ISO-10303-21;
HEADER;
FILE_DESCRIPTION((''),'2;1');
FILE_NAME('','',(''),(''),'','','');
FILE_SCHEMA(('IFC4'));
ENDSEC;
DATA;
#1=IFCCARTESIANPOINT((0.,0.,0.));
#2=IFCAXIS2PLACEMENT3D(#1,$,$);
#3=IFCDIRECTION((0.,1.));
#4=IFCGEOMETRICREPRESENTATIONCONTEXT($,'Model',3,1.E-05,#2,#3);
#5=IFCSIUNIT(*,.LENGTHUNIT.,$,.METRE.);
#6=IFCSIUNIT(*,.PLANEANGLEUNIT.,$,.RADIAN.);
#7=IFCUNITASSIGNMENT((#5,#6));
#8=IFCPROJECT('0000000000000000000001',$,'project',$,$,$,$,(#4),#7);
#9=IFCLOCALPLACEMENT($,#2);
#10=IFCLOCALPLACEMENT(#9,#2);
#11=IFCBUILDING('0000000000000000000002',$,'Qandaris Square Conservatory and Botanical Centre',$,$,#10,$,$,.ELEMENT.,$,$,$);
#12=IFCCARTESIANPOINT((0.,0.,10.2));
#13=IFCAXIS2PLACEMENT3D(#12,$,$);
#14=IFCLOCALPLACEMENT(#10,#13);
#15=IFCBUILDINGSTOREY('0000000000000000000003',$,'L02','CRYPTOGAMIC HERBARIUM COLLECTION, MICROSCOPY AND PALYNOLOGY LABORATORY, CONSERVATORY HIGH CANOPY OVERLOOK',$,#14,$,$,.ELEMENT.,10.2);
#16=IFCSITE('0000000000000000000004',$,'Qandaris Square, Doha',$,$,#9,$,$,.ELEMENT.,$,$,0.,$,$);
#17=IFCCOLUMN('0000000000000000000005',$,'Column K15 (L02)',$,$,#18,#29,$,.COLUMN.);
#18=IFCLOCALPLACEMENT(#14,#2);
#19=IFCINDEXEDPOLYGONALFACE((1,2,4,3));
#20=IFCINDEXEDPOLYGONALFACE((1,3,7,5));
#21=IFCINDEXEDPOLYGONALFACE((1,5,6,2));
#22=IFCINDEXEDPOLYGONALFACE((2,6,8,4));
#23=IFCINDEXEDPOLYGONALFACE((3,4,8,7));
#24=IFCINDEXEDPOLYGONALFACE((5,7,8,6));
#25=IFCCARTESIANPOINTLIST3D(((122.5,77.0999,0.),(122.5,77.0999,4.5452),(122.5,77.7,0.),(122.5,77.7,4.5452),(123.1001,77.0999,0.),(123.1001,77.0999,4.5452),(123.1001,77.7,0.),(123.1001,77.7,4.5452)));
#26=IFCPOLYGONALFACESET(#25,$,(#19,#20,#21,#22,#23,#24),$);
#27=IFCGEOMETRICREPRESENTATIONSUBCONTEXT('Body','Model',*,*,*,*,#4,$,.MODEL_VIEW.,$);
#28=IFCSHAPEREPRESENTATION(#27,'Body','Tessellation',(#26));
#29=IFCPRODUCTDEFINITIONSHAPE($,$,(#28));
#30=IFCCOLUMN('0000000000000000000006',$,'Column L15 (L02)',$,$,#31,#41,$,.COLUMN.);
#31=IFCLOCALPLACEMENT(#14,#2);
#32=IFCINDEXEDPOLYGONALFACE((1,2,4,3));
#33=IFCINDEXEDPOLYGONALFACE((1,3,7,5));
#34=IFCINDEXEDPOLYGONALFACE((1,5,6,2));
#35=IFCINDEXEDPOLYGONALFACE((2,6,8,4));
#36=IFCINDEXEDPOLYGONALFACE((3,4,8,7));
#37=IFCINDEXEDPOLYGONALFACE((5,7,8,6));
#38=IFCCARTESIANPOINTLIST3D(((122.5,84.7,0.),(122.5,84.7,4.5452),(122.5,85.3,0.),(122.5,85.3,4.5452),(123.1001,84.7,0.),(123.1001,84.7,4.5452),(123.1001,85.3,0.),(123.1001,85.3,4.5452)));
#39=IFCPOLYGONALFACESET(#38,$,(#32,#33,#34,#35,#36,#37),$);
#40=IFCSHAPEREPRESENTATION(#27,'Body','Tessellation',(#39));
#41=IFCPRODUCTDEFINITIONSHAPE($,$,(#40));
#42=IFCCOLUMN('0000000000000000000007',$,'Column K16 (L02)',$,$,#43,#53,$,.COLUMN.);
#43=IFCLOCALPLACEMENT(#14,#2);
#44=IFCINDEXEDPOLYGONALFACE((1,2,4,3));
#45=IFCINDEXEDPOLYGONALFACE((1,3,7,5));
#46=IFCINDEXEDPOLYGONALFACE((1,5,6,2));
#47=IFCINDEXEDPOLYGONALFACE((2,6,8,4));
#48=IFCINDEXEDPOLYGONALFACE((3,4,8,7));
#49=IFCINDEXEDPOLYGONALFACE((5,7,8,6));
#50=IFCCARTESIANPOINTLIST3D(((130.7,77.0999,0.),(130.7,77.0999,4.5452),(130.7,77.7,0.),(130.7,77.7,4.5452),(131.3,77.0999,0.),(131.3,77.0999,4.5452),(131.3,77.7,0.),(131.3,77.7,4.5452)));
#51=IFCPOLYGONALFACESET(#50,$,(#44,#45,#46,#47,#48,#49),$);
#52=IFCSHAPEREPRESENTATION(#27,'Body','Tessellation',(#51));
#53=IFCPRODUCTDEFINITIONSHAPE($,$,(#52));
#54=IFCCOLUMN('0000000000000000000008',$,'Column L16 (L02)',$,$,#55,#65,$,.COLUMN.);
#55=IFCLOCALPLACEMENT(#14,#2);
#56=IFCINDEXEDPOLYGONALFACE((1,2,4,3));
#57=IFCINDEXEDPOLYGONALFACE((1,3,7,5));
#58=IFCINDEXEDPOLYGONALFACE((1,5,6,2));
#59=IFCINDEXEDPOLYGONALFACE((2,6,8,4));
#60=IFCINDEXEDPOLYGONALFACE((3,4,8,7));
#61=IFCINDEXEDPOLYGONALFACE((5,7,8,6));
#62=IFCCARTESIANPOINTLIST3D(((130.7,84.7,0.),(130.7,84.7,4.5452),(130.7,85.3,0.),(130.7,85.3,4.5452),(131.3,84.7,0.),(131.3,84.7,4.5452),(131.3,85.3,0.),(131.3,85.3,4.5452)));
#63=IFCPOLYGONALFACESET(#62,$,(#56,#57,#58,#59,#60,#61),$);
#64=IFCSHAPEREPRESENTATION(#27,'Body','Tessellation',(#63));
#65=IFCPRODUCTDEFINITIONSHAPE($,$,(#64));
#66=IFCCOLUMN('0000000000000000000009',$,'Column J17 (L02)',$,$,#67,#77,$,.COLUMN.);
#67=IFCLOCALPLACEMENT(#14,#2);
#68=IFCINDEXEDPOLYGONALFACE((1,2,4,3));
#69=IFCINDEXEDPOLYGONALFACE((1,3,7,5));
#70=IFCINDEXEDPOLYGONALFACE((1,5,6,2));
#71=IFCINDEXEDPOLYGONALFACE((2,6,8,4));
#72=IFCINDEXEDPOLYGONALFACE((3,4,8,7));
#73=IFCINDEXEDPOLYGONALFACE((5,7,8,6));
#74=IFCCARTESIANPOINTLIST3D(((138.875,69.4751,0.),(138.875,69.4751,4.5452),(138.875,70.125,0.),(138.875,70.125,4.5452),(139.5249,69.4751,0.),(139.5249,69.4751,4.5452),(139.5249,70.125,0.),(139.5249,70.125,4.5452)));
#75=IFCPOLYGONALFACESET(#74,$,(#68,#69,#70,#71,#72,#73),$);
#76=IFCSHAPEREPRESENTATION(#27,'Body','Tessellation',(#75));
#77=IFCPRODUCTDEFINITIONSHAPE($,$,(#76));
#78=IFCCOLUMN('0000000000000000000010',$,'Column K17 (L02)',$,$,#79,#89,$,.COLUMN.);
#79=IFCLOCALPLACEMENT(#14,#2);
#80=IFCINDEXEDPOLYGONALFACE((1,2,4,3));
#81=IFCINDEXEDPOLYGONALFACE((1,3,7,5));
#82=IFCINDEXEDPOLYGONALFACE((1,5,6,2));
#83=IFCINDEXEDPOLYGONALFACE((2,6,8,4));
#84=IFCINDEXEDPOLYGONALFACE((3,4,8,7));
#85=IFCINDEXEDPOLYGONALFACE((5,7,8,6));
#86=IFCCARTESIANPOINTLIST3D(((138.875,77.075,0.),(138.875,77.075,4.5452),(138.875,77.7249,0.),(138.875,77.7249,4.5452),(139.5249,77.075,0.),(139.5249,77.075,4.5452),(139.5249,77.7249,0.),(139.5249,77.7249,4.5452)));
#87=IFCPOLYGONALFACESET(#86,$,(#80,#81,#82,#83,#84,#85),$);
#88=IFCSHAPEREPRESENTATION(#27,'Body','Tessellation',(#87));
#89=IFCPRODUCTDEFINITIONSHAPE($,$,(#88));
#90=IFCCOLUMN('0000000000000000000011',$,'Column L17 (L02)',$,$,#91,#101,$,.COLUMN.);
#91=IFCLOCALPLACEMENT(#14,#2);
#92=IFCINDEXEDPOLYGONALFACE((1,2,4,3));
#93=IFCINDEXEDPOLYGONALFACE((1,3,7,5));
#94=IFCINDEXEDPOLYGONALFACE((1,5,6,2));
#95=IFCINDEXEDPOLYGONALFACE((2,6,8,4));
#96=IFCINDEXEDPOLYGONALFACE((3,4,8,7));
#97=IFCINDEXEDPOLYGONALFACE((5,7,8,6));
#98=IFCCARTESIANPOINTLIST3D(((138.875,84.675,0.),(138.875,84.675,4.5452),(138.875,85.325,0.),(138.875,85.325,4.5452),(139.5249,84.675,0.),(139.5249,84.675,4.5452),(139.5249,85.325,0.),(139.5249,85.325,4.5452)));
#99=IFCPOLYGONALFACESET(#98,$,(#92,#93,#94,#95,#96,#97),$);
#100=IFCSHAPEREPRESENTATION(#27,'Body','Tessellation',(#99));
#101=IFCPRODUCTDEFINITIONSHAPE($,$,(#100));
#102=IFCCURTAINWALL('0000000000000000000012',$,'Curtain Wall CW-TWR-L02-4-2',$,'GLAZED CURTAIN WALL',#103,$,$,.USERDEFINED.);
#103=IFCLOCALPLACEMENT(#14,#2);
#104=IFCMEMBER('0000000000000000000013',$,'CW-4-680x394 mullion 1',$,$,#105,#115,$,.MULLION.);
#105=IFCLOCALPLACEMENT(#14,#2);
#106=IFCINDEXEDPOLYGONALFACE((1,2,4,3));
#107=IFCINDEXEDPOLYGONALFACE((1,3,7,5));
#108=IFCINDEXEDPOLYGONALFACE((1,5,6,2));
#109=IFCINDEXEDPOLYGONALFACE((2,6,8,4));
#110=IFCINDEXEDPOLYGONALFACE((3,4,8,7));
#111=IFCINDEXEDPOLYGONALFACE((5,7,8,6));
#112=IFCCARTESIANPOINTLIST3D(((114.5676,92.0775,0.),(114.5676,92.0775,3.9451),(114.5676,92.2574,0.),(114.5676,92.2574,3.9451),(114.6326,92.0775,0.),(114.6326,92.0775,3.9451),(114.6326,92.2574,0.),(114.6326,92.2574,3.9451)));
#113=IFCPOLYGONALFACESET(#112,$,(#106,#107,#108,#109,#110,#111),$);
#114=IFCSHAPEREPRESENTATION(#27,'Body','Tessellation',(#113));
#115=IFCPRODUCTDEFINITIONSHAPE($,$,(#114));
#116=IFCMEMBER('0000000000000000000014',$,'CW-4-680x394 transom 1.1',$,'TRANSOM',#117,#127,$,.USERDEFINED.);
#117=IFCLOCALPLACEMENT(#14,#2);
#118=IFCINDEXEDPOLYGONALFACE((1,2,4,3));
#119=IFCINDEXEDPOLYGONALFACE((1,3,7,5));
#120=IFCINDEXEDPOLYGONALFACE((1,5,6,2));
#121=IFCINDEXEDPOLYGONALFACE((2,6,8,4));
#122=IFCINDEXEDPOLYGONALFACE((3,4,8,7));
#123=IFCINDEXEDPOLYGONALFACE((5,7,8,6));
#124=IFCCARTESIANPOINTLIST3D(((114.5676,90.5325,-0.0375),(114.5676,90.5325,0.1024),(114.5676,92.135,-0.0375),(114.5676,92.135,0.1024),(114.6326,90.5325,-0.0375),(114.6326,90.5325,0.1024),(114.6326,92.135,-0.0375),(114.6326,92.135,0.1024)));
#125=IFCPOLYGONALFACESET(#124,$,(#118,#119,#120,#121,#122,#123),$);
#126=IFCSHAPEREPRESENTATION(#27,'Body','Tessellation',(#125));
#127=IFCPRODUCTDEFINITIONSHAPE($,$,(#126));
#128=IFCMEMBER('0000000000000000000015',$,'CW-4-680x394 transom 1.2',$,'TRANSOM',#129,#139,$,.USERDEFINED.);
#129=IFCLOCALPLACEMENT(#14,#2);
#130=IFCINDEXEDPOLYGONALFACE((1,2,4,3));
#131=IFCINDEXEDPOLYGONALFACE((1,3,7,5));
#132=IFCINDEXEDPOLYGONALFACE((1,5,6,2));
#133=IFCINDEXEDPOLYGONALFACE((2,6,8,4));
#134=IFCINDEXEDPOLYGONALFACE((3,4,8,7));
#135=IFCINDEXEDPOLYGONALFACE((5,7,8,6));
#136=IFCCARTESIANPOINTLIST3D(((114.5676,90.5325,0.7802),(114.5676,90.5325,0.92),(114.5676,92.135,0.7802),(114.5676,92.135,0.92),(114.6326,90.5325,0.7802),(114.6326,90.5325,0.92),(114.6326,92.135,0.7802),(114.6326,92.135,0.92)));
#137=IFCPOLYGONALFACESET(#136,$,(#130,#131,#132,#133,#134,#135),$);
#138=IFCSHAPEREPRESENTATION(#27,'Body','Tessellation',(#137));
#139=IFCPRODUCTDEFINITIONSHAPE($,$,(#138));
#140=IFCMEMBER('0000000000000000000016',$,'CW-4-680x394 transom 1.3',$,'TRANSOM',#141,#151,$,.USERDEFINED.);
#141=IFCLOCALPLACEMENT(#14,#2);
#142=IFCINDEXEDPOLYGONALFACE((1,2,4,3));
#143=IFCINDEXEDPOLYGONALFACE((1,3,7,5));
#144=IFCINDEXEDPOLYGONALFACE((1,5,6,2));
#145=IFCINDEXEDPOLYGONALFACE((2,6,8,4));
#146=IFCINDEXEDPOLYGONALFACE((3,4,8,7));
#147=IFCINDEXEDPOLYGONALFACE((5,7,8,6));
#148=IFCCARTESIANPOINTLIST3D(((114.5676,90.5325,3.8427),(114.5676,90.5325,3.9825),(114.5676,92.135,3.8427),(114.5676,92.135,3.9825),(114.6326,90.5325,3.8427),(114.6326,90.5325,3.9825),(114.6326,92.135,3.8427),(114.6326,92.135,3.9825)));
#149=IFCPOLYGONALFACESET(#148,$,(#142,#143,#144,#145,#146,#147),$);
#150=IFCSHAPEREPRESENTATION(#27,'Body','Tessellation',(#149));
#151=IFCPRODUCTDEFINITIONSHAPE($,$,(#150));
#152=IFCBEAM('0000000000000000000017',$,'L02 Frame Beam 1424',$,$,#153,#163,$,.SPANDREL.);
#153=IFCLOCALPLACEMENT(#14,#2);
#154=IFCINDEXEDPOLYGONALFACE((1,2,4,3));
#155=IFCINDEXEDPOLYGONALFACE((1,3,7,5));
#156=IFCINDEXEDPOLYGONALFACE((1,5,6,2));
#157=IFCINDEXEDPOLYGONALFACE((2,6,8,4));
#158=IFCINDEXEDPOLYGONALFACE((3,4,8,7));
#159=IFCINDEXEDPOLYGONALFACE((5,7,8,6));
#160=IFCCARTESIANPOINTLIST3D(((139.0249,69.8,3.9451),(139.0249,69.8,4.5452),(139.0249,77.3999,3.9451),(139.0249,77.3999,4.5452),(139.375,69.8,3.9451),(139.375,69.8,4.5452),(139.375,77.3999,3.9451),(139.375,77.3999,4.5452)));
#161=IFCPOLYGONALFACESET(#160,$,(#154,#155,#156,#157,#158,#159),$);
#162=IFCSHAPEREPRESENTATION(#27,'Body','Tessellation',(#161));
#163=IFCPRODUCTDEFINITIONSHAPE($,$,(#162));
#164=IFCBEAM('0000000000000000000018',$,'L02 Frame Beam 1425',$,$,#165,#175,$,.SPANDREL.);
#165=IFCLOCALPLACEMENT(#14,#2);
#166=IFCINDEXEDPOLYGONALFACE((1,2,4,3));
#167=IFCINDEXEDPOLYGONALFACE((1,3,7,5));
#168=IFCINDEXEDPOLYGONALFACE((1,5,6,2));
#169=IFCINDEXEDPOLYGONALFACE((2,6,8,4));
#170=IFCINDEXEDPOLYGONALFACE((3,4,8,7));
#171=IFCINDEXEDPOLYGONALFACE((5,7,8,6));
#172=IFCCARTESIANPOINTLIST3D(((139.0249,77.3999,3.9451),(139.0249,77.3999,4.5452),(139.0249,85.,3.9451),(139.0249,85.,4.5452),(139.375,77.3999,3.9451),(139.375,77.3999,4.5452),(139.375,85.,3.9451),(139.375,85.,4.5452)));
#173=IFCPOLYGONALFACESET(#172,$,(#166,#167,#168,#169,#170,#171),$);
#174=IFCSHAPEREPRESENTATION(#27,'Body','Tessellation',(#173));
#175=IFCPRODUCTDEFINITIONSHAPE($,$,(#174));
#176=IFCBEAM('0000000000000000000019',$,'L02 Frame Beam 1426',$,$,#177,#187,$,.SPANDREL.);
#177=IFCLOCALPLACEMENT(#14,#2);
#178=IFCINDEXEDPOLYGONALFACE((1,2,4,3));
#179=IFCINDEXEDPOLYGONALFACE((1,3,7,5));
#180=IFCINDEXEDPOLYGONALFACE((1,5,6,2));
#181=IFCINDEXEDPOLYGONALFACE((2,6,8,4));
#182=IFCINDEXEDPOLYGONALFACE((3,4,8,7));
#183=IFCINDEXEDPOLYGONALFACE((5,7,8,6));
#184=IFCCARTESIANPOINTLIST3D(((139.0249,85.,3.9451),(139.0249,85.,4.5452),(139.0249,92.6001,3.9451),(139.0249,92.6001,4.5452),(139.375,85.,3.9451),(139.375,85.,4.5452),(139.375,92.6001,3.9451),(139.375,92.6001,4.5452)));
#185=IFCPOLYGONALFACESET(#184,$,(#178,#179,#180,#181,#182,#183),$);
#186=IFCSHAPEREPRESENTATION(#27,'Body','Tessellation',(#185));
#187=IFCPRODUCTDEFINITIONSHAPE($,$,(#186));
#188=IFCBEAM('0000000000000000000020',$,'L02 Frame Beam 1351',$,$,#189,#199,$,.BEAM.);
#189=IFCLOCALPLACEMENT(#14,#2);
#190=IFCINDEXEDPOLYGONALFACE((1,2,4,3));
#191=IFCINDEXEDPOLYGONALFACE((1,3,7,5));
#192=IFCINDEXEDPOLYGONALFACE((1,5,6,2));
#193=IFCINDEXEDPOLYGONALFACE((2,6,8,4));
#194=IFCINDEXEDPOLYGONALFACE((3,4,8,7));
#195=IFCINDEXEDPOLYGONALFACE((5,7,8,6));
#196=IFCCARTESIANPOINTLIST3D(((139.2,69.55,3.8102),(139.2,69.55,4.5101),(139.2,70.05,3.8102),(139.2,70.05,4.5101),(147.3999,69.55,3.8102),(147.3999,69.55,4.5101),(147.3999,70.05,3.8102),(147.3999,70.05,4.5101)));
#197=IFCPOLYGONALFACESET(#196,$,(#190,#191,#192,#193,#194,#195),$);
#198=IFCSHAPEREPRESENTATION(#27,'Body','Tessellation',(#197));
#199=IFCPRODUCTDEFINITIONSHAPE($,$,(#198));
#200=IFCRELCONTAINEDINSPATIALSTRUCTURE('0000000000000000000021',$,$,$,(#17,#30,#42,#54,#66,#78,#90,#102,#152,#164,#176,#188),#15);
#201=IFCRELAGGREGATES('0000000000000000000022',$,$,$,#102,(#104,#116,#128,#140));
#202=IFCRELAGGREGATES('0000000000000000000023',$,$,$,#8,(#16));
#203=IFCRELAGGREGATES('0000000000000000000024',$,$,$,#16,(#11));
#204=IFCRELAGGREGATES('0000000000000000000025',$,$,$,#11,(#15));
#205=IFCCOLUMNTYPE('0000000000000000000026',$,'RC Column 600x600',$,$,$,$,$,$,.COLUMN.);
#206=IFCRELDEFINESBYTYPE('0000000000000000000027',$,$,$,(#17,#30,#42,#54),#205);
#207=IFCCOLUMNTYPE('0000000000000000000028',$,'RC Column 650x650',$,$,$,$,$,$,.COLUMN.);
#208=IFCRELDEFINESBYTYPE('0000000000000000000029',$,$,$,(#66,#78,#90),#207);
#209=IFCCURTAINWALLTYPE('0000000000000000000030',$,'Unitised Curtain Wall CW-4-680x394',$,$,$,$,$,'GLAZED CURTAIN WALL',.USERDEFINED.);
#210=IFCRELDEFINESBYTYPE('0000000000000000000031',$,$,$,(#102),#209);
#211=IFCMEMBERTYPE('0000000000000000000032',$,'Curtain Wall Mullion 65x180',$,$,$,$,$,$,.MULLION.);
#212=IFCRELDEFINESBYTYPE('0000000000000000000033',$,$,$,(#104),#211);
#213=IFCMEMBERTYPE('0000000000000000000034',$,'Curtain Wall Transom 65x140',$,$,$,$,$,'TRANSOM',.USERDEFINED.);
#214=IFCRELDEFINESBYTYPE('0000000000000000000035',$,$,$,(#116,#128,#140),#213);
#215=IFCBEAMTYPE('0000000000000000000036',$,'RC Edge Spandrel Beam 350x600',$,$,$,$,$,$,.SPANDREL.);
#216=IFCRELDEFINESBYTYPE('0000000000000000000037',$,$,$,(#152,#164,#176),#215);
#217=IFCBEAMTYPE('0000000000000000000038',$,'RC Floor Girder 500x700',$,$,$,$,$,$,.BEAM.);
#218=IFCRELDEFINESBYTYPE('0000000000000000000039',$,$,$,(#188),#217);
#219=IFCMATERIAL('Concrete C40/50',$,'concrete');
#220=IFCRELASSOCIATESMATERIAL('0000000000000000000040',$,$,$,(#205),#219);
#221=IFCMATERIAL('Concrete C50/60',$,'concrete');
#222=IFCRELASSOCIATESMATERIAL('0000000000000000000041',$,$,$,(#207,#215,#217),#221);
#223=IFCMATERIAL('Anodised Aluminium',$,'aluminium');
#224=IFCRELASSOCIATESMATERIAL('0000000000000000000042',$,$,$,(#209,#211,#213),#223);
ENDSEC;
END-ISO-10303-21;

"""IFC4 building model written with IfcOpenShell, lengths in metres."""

from ifc_helpers import new_model, si_unit, direction, frame, origin, origin_2d, place, context, subcontext, project, spatial, rectangle, extrude, material, material_profile, profile_set, type_object, element, aggregate, save


model = new_model("IFC4")

# Units and contexts
model_context = context("Model", 3, precision=1e-05, world=origin(), true_north=direction((0.0, 1.0)))
body_context = subcontext(model_context, "Body", "Model", "MODEL_VIEW")
ifc_project = project(units=[si_unit("LENGTHUNIT", "METRE"), si_unit("PLANEANGLEUNIT", "RADIAN")], contexts=[model_context])

# Site, building, storey
site_placement = place(None, origin())
site = spatial("IfcSite", under=ifc_project, at=site_placement, Name="Qandaris Square, Doha", CompositionType="ELEMENT", RefElevation=0.0)
building_placement = place(site_placement, origin())
building = spatial("IfcBuilding", under=site, at=building_placement, Name="Qandaris Square Conservatory and Botanical Centre", CompositionType="ELEMENT")
storey_placement = place(building_placement, frame((0.0, 0.0, 10.2)))
storey = spatial("IfcBuildingStorey", under=building, at=storey_placement, Name="L02", Description="CRYPTOGAMIC HERBARIUM COLLECTION, MICROSCOPY AND PALYNOLOGY LABORATORY, CONSERVATORY HIGH CANOPY OVERLOOK", CompositionType="ELEMENT", Elevation=10.2)

# Columns
ifc_material_1 = material(Name="Concrete C40/50", Category="concrete")
ifc_material_profile_1 = material_profile(ifc_material_1, rectangle(XDim=0.6001, YDim=0.6001, at=origin_2d()), Name="RC-COL 600x600")
ifc_profile_set_1 = profile_set([ifc_material_profile_1], Name="Concrete C40/50")
column_type_1 = type_object("IfcColumnType", Name="RC Column 600x600", PredefinedType="COLUMN", material=ifc_profile_set_1)
for number, where, z_axis, x_axis, name in (
    (1, (122.8, 77.3999, 0.0), (0.0, 0.0, 1.0), (1.0, 0.0, 0.0), "Column K15 (L02)"),
    (2, (122.8, 85.0, 0.0), (0.0, 0.0, 1.0), (1.0, 0.0, 0.0), "Column L15 (L02)"),
    (3, (131.0, 77.3999, 0.0), (0.0, 0.0, 1.0), (1.0, 0.0, 0.0), "Column K16 (L02)"),
    (4, (131.0, 85.0, 0.0), (0.0, 0.0, 1.0), (1.0, 0.0, 0.0), "Column L16 (L02)"),
):
    element("IfcColumn", number, at=place(storey_placement, frame(where, z_axis=z_axis, x_axis=x_axis)), inside=storey, type_object=column_type_1, Name=name, PredefinedType="COLUMN", context=body_context, shape_type="SweptSolid", body=[
        extrude(rectangle(XDim=0.6001, YDim=0.6001, at=origin_2d()), origin(), (0.0, 0.0, 1.0), 4.5452),
    ])
ifc_material_2 = material(Name="Concrete C50/60", Category="concrete")
ifc_material_profile_2 = material_profile(ifc_material_2, rectangle(XDim=0.6499, YDim=0.6499, at=origin_2d()), Name="RC-COL 650x650")
ifc_profile_set_2 = profile_set([ifc_material_profile_2], Name="Concrete C50/60")
column_type_2 = type_object("IfcColumnType", Name="RC Column 650x650", PredefinedType="COLUMN", material=ifc_profile_set_2)
for number, where, z_axis, x_axis, name in (
    (5, (139.2, 69.8, 0.0), (0.0, 0.0, 1.0), (1.0, 0.0, 0.0), "Column J17 (L02)"),
    (6, (139.2, 77.3999, 0.0), (0.0, 0.0, 1.0), (1.0, 0.0, 0.0), "Column K17 (L02)"),
    (7, (139.2, 85.0, 0.0), (0.0, 0.0, 1.0), (1.0, 0.0, 0.0), "Column L17 (L02)"),
):
    element("IfcColumn", number, at=place(storey_placement, frame(where, z_axis=z_axis, x_axis=x_axis)), inside=storey, type_object=column_type_2, Name=name, PredefinedType="COLUMN", context=body_context, shape_type="SweptSolid", body=[
        extrude(rectangle(XDim=0.6499, YDim=0.6499, at=origin_2d()), origin(), (0.0, 0.0, 1.0), 4.5452),
    ])

# Curtain wall, members
ifc_material_3 = material(Name="Anodised Aluminium", Category="aluminium")
curtain_wall_type = type_object("IfcCurtainWallType", Name="Unitised Curtain Wall CW-4-680x394", ElementType="GLAZED CURTAIN WALL", PredefinedType="USERDEFINED", material=ifc_material_3)
curtain_wall_placement = place(storey_placement, origin())
curtain_wall = element("IfcCurtainWall", 8, at=curtain_wall_placement, inside=storey, type_object=curtain_wall_type, Name="Curtain Wall CW-TWR-L02-4-2", ObjectType="GLAZED CURTAIN WALL", PredefinedType="USERDEFINED")
ifc_material_profile_3 = material_profile(ifc_material_3, rectangle(XDim=0.0649, YDim=0.1799, at=origin_2d()), Name="ALU-MUL 65x180")
ifc_profile_set_3 = profile_set([ifc_material_profile_3], Name="Anodised Aluminium")
member_type_1 = type_object("IfcMemberType", Name="Curtain Wall Mullion 65x180", PredefinedType="MULLION", material=ifc_profile_set_3)
member_1_placement = place(storey_placement, frame((114.6001, 92.1675, 0.0), z_axis=(0.0, 0.0, 1.0), x_axis=(1.0, 0.0, 0.0)))
member_1 = element("IfcMember", 9, at=member_1_placement, type_object=member_type_1, Name="CW-4-680x394 mullion 1", PredefinedType="MULLION", context=body_context, shape_type="SweptSolid", body=[
    extrude(rectangle(XDim=0.0649, YDim=0.1799, at=origin_2d()), origin(), (0.0, 0.0, 1.0), 3.9451),
])
ifc_material_profile_4 = material_profile(ifc_material_3, rectangle(XDim=0.0649, YDim=0.1399, at=origin_2d()), Name="ALU-TRN 65x140")
ifc_profile_set_4 = profile_set([ifc_material_profile_4], Name="Anodised Aluminium")
member_type_2 = type_object("IfcMemberType", Name="Curtain Wall Transom 65x140", ElementType="TRANSOM", PredefinedType="USERDEFINED", material=ifc_profile_set_4)
member_2_placement = place(storey_placement, frame((114.6001, 92.135, 0.0325), z_axis=(0.0, -1.0, 0.0), x_axis=(1.0, 0.0, 0.0)))
member_2 = element("IfcMember", 10, at=member_2_placement, type_object=member_type_2, Name="CW-4-680x394 transom 1.1", ObjectType="TRANSOM", PredefinedType="USERDEFINED", context=body_context, shape_type="SweptSolid", body=[
    extrude(rectangle(XDim=0.0649, YDim=0.1399, at=origin_2d()), origin(), (0.0, 0.0, 1.0), 1.6025),
])
member_3_placement = place(storey_placement, frame((114.6001, 92.135, 0.8501), z_axis=(0.0, -1.0, 0.0), x_axis=(1.0, 0.0, 0.0)))
member_3 = element("IfcMember", 11, at=member_3_placement, type_object=member_type_2, Name="CW-4-680x394 transom 1.2", ObjectType="TRANSOM", PredefinedType="USERDEFINED", context=body_context, shape_type="SweptSolid", body=[
    extrude(rectangle(XDim=0.0649, YDim=0.1399, at=origin_2d()), origin(), (0.0, 0.0, 1.0), 1.6025),
])
member_4_placement = place(storey_placement, frame((114.6001, 92.135, 3.9126), z_axis=(0.0, -1.0, 0.0), x_axis=(1.0, 0.0, 0.0)))
member_4 = element("IfcMember", 12, at=member_4_placement, type_object=member_type_2, Name="CW-4-680x394 transom 1.3", ObjectType="TRANSOM", PredefinedType="USERDEFINED", context=body_context, shape_type="SweptSolid", body=[
    extrude(rectangle(XDim=0.0649, YDim=0.1399, at=origin_2d()), origin(), (0.0, 0.0, 1.0), 1.6025),
])

# Beams
ifc_material_profile_5 = material_profile(ifc_material_2, rectangle(XDim=0.3501, YDim=0.6001, at=origin_2d()), Name="RC-SP 350x600")
ifc_profile_set_5 = profile_set([ifc_material_profile_5], Name="Concrete C50/60")
beam_type_1 = type_object("IfcBeamType", Name="RC Edge Spandrel Beam 350x600", PredefinedType="SPANDREL", material=ifc_profile_set_5)
beam_1_placement = place(storey_placement, frame((139.2, 69.8, 4.2451), z_axis=(0.0, 1.0, 0.0), x_axis=(-1.0, 0.0, 0.0)))
element("IfcBeam", 13, at=beam_1_placement, inside=storey, type_object=beam_type_1, Name="L02 Frame Beam 1424", PredefinedType="SPANDREL", context=body_context, shape_type="SweptSolid", body=[
    extrude(rectangle(XDim=0.3501, YDim=0.6001, at=origin_2d()), origin(), (0.0, 0.0, 1.0), 7.5999),
])
for number, where, z_axis, x_axis, name in (
    (14, (139.2, 77.3999, 4.2451), (0.0, 1.0, 0.0), (-1.0, 0.0, 0.0), "L02 Frame Beam 1425"),
    (15, (139.2, 85.0, 4.2451), (0.0, 1.0, 0.0), (-1.0, 0.0, 0.0), "L02 Frame Beam 1426"),
):
    element("IfcBeam", number, at=place(storey_placement, frame(where, z_axis=z_axis, x_axis=x_axis)), inside=storey, type_object=beam_type_1, Name=name, PredefinedType="SPANDREL", context=body_context, shape_type="SweptSolid", body=[
        extrude(rectangle(XDim=0.3501, YDim=0.6001, at=origin_2d()), origin(), (0.0, 0.0, 1.0), 7.6001),
    ])
ifc_material_profile_6 = material_profile(ifc_material_2, rectangle(XDim=0.5, YDim=0.7, at=origin_2d()), Name="RC-BM 500x700")
ifc_profile_set_6 = profile_set([ifc_material_profile_6], Name="Concrete C50/60")
beam_type_2 = type_object("IfcBeamType", Name="RC Floor Girder 500x700", PredefinedType="BEAM", material=ifc_profile_set_6)
for number, where, z_axis, x_axis, name in (
    (16, (139.2, 69.8, 4.1602), (1.0, 0.0, 0.0), (0.0, 1.0, 0.0), "L02 Frame Beam 1351"),
):
    element("IfcBeam", number, at=place(storey_placement, frame(where, z_axis=z_axis, x_axis=x_axis)), inside=storey, type_object=beam_type_2, Name=name, PredefinedType="BEAM", context=body_context, shape_type="SweptSolid", body=[
        extrude(rectangle(XDim=0.5, YDim=0.7, at=origin_2d()), origin(), (0.0, 0.0, 1.0), 8.2),
    ])

aggregate(curtain_wall, [member_1, member_2, member_3, member_4])

save(model, "model.ifc")
